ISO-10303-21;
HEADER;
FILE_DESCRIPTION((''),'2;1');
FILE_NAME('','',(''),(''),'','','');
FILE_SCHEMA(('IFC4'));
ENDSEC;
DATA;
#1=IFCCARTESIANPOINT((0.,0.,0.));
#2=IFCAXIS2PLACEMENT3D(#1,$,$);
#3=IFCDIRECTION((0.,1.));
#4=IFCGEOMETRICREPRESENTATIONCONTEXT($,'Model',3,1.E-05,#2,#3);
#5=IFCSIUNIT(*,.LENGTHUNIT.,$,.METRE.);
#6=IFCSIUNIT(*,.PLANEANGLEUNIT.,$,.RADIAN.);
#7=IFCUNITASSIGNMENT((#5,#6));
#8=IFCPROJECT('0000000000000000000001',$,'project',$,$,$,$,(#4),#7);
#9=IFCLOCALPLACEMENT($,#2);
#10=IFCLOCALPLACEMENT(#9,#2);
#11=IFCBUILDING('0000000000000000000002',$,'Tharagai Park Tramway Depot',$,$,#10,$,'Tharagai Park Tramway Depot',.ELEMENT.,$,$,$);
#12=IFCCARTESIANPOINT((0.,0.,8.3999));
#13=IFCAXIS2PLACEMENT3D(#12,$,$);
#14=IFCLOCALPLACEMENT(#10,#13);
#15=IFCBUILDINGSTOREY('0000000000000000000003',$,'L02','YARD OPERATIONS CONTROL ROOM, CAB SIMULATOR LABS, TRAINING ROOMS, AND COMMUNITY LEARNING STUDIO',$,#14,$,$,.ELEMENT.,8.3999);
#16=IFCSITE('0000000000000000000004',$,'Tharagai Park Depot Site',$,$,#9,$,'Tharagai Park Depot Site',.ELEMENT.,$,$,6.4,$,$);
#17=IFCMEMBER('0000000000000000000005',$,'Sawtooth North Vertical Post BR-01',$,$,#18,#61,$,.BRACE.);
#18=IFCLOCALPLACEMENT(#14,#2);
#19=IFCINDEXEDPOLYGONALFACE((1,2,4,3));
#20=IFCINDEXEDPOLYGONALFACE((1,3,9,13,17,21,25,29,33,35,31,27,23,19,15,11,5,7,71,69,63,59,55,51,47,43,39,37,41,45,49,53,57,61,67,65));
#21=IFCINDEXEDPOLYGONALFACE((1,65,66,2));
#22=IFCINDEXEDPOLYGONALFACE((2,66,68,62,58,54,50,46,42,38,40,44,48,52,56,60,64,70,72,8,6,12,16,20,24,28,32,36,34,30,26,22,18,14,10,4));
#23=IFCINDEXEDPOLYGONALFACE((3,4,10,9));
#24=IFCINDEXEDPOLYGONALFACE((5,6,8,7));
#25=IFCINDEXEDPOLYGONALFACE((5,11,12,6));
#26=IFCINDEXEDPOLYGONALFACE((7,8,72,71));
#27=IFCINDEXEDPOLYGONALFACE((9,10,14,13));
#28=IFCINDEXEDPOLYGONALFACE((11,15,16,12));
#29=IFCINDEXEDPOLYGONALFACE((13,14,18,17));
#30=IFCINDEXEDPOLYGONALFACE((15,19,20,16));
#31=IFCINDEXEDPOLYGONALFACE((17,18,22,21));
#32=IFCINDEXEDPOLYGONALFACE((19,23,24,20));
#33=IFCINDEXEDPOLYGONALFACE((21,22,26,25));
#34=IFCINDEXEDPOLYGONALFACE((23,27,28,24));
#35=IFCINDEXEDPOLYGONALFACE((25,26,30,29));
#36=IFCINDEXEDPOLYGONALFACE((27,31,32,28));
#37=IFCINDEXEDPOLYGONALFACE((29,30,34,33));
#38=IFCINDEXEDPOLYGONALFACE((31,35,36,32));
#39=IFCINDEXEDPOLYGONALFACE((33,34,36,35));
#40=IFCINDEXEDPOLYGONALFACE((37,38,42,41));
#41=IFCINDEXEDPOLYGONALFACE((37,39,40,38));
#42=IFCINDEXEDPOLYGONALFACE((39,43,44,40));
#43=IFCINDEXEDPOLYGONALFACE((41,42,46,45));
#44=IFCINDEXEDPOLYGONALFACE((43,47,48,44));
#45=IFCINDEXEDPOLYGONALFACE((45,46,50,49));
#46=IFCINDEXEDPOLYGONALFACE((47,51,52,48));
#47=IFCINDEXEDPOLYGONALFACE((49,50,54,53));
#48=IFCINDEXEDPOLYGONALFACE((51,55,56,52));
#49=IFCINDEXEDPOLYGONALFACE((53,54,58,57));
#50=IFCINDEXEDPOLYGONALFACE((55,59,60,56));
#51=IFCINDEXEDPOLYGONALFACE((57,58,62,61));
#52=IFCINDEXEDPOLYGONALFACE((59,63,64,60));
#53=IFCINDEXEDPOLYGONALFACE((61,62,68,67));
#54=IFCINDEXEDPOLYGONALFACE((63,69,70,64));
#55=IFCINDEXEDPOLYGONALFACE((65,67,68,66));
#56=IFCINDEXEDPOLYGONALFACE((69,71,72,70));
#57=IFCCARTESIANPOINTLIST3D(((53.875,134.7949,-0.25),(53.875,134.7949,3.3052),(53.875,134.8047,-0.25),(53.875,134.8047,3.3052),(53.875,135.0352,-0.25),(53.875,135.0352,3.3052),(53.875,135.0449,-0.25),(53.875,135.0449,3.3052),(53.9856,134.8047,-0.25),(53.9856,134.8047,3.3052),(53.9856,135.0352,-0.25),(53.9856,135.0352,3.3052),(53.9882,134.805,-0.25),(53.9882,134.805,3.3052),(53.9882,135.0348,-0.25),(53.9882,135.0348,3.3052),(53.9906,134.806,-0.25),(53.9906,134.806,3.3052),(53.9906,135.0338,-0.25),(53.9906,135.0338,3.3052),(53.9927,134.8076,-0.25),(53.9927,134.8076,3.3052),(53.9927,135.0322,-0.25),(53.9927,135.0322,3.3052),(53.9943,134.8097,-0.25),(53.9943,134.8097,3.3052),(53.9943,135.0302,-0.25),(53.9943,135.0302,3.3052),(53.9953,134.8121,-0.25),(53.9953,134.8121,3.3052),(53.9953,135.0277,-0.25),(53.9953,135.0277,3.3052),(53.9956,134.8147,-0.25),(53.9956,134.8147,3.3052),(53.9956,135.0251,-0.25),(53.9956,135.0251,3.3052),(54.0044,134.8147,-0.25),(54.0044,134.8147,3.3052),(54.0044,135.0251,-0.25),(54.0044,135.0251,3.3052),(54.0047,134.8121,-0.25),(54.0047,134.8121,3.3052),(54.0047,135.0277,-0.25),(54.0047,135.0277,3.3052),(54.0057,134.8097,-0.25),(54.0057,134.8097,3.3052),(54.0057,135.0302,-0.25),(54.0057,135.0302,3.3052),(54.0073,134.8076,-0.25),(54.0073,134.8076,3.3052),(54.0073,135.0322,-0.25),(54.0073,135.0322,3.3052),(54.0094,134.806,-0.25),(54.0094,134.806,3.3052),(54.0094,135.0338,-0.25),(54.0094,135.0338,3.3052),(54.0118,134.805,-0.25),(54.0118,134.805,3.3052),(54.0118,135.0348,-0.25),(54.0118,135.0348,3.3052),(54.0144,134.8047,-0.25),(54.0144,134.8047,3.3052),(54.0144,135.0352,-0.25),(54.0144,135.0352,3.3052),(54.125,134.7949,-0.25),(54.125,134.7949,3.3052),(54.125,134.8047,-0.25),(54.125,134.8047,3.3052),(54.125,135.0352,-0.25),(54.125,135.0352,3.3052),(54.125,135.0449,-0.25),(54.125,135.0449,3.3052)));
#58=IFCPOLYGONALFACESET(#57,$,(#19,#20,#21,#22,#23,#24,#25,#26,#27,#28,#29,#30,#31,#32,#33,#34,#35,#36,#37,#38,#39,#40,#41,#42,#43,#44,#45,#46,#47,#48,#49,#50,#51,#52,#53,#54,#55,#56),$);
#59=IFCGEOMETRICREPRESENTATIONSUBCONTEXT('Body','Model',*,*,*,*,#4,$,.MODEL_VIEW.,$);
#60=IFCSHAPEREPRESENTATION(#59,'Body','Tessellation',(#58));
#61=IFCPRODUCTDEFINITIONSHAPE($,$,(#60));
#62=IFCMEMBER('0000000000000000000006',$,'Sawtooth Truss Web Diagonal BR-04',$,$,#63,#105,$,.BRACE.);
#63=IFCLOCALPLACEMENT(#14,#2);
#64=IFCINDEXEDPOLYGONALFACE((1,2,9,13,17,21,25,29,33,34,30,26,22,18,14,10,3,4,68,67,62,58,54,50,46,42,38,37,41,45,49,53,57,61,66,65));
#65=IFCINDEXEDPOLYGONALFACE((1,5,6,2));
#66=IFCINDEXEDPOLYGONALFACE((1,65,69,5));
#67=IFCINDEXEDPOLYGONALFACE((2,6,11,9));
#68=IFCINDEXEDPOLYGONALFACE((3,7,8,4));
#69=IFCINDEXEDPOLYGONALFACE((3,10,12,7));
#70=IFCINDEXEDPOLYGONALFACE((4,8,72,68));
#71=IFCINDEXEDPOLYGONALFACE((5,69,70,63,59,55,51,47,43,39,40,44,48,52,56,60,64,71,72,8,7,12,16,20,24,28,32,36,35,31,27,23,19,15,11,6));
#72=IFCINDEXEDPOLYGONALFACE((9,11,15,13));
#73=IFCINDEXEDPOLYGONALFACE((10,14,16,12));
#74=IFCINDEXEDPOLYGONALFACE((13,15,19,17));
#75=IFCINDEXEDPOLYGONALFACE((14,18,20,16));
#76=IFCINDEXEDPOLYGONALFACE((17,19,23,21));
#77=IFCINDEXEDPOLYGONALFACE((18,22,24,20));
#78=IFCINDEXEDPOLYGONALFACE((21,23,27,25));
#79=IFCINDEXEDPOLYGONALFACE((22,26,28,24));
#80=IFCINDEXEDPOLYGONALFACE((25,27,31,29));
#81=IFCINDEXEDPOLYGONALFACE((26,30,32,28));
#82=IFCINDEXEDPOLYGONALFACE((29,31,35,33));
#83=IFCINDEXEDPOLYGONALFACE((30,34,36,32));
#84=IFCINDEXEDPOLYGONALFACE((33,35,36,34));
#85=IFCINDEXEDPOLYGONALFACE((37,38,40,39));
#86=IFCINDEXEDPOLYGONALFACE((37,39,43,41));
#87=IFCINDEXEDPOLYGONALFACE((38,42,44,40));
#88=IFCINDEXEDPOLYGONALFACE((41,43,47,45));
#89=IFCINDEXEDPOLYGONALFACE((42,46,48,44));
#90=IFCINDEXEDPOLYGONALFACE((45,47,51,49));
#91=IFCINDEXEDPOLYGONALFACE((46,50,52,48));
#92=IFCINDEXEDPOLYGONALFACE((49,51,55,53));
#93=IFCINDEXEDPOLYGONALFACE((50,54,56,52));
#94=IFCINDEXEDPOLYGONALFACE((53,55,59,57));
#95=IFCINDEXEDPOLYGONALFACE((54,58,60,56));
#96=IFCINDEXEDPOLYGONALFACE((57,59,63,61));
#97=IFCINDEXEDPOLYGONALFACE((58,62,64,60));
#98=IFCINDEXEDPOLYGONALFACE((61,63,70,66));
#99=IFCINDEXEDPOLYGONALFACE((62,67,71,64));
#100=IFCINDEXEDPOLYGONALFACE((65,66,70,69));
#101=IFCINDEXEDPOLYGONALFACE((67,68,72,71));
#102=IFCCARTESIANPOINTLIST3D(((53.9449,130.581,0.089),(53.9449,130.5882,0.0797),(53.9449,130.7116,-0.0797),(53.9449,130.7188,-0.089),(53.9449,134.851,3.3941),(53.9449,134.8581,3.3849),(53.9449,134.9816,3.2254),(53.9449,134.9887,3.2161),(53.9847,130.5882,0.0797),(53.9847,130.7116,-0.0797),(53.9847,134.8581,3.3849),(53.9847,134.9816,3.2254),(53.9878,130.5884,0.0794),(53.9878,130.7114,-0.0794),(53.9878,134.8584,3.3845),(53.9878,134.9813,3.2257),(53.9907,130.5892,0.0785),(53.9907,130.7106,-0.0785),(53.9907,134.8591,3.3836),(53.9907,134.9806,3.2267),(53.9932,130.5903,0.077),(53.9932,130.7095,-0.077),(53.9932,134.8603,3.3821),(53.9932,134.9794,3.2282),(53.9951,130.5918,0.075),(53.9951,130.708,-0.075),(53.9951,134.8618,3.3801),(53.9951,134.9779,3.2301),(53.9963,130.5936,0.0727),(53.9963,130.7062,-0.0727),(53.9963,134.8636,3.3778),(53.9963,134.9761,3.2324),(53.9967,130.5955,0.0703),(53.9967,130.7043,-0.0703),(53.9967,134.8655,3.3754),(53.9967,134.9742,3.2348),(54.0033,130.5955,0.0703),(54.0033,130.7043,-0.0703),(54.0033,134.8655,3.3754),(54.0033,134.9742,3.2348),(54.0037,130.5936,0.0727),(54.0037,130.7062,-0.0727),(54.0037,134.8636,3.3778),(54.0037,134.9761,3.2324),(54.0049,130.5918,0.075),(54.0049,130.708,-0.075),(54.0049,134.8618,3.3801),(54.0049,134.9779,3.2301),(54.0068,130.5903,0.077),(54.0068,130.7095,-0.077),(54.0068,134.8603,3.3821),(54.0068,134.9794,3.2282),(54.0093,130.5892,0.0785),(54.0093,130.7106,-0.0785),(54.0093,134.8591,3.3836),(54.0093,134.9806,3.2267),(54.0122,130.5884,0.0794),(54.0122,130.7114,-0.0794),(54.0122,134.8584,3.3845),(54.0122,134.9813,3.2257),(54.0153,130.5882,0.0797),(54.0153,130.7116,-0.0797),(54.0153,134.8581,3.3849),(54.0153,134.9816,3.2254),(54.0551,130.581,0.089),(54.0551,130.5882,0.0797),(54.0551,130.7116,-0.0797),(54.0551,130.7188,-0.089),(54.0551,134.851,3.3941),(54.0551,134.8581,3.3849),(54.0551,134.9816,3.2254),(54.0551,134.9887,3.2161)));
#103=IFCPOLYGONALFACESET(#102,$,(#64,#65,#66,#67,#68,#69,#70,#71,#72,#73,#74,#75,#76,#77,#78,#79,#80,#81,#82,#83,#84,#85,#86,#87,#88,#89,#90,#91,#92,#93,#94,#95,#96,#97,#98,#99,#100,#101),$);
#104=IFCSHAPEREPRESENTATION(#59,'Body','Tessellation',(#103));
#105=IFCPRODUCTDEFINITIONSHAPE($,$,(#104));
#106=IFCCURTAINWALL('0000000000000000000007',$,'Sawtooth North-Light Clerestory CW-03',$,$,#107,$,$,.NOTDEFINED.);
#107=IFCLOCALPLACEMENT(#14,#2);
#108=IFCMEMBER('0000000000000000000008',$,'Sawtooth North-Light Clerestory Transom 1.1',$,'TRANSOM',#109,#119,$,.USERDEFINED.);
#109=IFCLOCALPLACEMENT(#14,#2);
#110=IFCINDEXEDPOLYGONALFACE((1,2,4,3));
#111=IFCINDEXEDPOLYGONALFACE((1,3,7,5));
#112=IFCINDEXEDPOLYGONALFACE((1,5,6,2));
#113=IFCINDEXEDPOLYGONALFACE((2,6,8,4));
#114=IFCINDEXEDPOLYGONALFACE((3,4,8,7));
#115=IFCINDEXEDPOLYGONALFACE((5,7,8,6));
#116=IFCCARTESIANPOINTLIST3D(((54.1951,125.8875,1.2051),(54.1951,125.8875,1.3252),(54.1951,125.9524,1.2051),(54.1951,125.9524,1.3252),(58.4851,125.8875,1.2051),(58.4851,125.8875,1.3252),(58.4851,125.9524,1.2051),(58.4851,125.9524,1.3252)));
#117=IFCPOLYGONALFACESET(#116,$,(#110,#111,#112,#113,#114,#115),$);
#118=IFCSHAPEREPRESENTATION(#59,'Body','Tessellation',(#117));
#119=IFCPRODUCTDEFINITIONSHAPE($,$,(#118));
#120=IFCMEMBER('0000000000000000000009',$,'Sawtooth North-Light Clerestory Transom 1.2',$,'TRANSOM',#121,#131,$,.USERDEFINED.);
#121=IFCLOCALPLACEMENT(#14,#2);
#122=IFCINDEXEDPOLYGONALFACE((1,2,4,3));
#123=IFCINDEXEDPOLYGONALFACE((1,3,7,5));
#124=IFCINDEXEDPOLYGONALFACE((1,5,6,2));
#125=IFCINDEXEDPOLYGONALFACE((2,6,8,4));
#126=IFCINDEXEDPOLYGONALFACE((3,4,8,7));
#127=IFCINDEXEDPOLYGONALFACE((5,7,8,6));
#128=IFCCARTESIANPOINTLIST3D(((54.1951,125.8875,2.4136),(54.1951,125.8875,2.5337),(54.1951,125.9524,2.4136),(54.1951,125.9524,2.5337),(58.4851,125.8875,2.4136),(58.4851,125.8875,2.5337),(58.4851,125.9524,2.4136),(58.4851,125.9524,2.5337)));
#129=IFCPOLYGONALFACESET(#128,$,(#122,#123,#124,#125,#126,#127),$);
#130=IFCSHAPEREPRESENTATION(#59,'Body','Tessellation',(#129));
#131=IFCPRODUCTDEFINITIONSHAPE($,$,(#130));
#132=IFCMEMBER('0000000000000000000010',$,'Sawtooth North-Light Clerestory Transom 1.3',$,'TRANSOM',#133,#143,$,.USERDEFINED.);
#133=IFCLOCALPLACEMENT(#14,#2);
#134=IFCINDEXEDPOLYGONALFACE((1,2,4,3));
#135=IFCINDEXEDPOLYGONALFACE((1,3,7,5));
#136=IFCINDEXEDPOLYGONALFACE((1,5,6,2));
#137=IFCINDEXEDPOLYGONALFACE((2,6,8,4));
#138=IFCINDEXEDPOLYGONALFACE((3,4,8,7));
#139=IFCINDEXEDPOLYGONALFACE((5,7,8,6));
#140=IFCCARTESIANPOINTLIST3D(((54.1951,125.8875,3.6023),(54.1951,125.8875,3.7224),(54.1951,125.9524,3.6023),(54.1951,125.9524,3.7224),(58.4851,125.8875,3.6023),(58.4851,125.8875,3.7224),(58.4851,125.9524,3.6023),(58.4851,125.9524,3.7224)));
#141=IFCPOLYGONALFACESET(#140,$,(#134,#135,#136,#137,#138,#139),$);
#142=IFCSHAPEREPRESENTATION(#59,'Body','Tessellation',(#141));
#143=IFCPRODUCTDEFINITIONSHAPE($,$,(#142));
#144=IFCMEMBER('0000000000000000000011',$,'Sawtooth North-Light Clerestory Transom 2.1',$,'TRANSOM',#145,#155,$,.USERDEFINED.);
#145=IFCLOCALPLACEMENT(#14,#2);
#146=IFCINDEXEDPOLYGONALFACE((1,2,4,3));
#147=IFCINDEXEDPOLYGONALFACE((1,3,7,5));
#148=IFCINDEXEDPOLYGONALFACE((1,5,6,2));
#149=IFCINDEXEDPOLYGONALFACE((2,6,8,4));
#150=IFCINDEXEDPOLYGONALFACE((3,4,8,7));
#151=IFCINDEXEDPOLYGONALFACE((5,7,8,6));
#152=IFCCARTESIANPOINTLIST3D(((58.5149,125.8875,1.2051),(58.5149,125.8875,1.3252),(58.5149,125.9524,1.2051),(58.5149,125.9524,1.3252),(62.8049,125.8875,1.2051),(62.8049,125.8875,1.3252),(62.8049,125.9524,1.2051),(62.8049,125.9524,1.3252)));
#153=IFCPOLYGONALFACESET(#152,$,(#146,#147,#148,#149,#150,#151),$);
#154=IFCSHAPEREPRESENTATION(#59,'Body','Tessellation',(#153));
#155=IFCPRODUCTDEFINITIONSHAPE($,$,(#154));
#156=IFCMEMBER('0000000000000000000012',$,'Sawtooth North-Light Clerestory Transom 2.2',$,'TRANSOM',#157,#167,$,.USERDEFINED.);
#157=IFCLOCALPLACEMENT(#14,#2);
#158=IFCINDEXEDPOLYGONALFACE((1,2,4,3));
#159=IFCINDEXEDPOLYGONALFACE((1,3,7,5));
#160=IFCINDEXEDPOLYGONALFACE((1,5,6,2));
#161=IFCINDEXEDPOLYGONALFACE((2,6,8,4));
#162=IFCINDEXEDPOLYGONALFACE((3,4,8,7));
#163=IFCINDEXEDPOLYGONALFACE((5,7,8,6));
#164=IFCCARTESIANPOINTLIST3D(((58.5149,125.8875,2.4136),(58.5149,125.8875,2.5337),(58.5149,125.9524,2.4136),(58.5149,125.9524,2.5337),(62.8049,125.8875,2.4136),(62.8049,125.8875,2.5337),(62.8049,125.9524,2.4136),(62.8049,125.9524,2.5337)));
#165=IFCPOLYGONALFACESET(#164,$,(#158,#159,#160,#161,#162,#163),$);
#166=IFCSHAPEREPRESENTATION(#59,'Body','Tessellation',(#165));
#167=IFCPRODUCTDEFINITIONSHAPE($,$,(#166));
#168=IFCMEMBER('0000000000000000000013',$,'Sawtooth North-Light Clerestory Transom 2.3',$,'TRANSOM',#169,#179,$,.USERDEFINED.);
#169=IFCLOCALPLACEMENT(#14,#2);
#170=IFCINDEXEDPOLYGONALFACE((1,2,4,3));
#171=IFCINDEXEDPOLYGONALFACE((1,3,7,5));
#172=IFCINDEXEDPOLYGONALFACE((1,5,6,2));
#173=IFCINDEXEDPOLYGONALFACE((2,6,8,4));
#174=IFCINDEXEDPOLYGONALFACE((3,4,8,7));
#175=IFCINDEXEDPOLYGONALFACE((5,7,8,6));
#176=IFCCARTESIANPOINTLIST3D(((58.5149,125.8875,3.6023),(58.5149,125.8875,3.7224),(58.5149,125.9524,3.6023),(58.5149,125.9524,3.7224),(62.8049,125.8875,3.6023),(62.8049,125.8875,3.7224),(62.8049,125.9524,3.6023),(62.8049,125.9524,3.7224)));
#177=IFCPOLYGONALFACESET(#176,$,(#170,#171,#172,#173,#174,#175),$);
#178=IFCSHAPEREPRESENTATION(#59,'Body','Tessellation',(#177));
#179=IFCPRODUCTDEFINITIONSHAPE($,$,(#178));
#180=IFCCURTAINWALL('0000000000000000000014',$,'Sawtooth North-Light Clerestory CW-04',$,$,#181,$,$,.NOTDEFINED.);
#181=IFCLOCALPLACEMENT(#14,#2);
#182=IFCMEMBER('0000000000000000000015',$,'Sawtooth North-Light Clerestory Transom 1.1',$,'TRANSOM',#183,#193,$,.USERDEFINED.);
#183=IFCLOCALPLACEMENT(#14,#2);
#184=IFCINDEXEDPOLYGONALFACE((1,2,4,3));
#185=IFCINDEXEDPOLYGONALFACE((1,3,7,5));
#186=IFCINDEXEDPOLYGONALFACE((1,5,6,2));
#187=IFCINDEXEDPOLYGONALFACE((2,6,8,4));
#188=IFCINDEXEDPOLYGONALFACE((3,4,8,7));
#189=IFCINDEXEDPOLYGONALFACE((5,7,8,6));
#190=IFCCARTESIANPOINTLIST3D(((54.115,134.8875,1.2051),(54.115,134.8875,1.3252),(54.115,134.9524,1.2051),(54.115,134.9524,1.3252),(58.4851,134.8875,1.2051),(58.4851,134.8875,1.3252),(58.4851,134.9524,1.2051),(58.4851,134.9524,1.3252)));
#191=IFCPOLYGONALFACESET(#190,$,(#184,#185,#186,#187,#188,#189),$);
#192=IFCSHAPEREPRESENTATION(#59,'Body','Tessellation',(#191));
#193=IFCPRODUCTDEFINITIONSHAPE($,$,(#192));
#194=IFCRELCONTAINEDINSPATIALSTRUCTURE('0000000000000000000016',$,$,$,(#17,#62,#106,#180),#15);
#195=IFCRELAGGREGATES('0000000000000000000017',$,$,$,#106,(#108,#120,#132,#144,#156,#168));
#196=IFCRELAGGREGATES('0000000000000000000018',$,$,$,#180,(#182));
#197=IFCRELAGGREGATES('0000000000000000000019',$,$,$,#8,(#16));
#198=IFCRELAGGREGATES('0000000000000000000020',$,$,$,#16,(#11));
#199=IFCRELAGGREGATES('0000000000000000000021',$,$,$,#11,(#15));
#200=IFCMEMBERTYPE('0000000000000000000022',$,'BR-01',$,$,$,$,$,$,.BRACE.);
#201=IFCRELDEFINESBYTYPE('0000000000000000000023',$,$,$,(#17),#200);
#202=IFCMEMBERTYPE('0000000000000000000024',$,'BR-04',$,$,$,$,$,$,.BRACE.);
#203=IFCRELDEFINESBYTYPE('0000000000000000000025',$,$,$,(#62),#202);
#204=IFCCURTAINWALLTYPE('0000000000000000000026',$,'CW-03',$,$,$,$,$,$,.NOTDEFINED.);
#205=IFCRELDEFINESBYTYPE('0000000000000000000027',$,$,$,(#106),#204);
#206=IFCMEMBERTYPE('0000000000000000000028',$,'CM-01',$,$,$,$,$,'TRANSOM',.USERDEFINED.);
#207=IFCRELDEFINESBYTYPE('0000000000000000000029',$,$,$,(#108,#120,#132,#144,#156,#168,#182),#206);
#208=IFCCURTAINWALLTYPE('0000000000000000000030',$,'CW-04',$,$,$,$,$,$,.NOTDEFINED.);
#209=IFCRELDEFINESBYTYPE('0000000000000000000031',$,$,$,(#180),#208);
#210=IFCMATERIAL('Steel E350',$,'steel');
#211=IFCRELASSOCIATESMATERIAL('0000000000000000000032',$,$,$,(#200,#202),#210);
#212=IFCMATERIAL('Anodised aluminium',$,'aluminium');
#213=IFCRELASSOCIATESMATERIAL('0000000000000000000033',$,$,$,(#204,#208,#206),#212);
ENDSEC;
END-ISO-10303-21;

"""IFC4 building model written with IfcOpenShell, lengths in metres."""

from ifc_helpers import new_model, si_unit, direction, frame, origin, origin_2d, place, context, subcontext, project, spatial, rectangle, i_section, extrude, material, material_profile, profile_set, type_object, element, aggregate, save


model = new_model("IFC4")

# Units and contexts
model_context = context("Model", 3, precision=1e-05, world=origin(), true_north=direction((0.0, 1.0)))
body_context = subcontext(model_context, "Body", "Model", "MODEL_VIEW")
ifc_project = project(units=[si_unit("LENGTHUNIT", "METRE"), si_unit("PLANEANGLEUNIT", "RADIAN")], contexts=[model_context])

# Site, building, storey
site_placement = place(None, origin())
site = spatial("IfcSite", under=ifc_project, at=site_placement, Name="Tharagai Park Depot Site", LongName="Tharagai Park Depot Site", CompositionType="ELEMENT", RefElevation=6.4)
building_placement = place(site_placement, origin())
building = spatial("IfcBuilding", under=site, at=building_placement, Name="Tharagai Park Tramway Depot", LongName="Tharagai Park Tramway Depot", CompositionType="ELEMENT")
storey_placement = place(building_placement, frame((0.0, 0.0, 8.3999)))
storey = spatial("IfcBuildingStorey", under=building, at=storey_placement, Name="L02", Description="YARD OPERATIONS CONTROL ROOM, CAB SIMULATOR LABS, TRAINING ROOMS, AND COMMUNITY LEARNING STUDIO", CompositionType="ELEMENT", Elevation=8.3999)

# Members
ifc_material_1 = material(Name="Steel E350", Category="steel")
ifc_material_profile_1 = material_profile(ifc_material_1, i_section(OverallWidth=0.25, OverallDepth=0.25, WebThickness=0.0088, FlangeThickness=0.0098, FilletRadius=0.01, at=origin_2d()), Name="ISHB 250")
ifc_profile_set_1 = profile_set([ifc_material_profile_1], Name="Steel E350")
member_type_1 = type_object("IfcMemberType", Name="BR-01", PredefinedType="BRACE", material=ifc_profile_set_1)
member_1_placement = place(storey_placement, frame((54.0, 134.9199, -0.25), z_axis=(0.0, 0.0, 1.0), x_axis=(1.0, 0.0, 0.0)))
element("IfcMember", 1, at=member_1_placement, inside=storey, type_object=member_type_1, Name="Sawtooth North Vertical Post BR-01", PredefinedType="BRACE", context=body_context, shape_type="SweptSolid", body=[
    extrude(i_section(OverallWidth=0.25, OverallDepth=0.25, WebThickness=0.0088, FlangeThickness=0.0098, FilletRadius=0.01, at=origin_2d()), origin(), (0.0, 0.0, 1.0), 3.5552),
])
ifc_material_profile_2 = material_profile(ifc_material_1, i_section(OverallWidth=0.1101, OverallDepth=0.2251, WebThickness=0.0066, FlangeThickness=0.0117, FilletRadius=0.012, at=origin_2d()), Name="ISMB 225")
ifc_profile_set_2 = profile_set([ifc_material_profile_2], Name="Steel E350")
member_type_2 = type_object("IfcMemberType", Name="BR-04", PredefinedType="BRACE", material=ifc_profile_set_2)
member_2_placement = place(storey_placement, frame((54.0, 130.6499, 0.0), z_axis=(0.0, 0.790782, 0.612098), x_axis=(-1.0, 0.0, 0.0)))
element("IfcMember", 2, at=member_2_placement, inside=storey, type_object=member_type_2, Name="Sawtooth Truss Web Diagonal BR-04", PredefinedType="BRACE", context=body_context, shape_type="SweptSolid", body=[
    extrude(i_section(OverallWidth=0.1101, OverallDepth=0.2251, WebThickness=0.0066, FlangeThickness=0.0117, FilletRadius=0.012, at=origin_2d()), origin(), (0.0, 0.0, 1.0), 5.3997),
])

# Curtain walls, members
ifc_material_2 = material(Name="Anodised aluminium", Category="aluminium")
curtain_wall_type_1 = type_object("IfcCurtainWallType", Name="CW-03", PredefinedType="NOTDEFINED", material=ifc_material_2)
curtain_wall_1_placement = place(storey_placement, origin())
curtain_wall_1 = element("IfcCurtainWall", 3, at=curtain_wall_1_placement, inside=storey, type_object=curtain_wall_type_1, Name="Sawtooth North-Light Clerestory CW-03", PredefinedType="NOTDEFINED")
ifc_material_profile_3 = material_profile(ifc_material_2, rectangle(XDim=0.0649, YDim=0.1201, at=origin_2d()), Name="ALU 65x120")
ifc_profile_set_3 = profile_set([ifc_material_profile_3], Name="Anodised aluminium")
member_type_3 = type_object("IfcMemberType", Name="CM-01", ElementType="TRANSOM", PredefinedType="USERDEFINED", material=ifc_profile_set_3)
member_3_placement = place(storey_placement, frame((54.1951, 125.9199, 1.2651), z_axis=(1.0, 0.0, 0.0), x_axis=(0.0, 1.0, 0.0)))
member_3 = element("IfcMember", 4, at=member_3_placement, type_object=member_type_3, Name="Sawtooth North-Light Clerestory Transom 1.1", ObjectType="TRANSOM", PredefinedType="USERDEFINED", context=body_context, shape_type="SweptSolid", body=[
    extrude(rectangle(XDim=0.0649, YDim=0.1201, at=origin_2d()), origin(), (0.0, 0.0, 1.0), 4.29),
])
member_4_placement = place(storey_placement, frame((54.1951, 125.9199, 2.4736), z_axis=(1.0, 0.0, 0.0), x_axis=(0.0, 1.0, 0.0)))
member_4 = element("IfcMember", 5, at=member_4_placement, type_object=member_type_3, Name="Sawtooth North-Light Clerestory Transom 1.2", ObjectType="TRANSOM", PredefinedType="USERDEFINED", context=body_context, shape_type="SweptSolid", body=[
    extrude(rectangle(XDim=0.0649, YDim=0.1201, at=origin_2d()), origin(), (0.0, 0.0, 1.0), 4.29),
])
member_5_placement = place(storey_placement, frame((54.1951, 125.9199, 3.6624), z_axis=(1.0, 0.0, 0.0), x_axis=(0.0, 1.0, 0.0)))
member_5 = element("IfcMember", 6, at=member_5_placement, type_object=member_type_3, Name="Sawtooth North-Light Clerestory Transom 1.3", ObjectType="TRANSOM", PredefinedType="USERDEFINED", context=body_context, shape_type="SweptSolid", body=[
    extrude(rectangle(XDim=0.0649, YDim=0.1201, at=origin_2d()), origin(), (0.0, 0.0, 1.0), 4.29),
])
member_6_placement = place(storey_placement, frame((58.5149, 125.9199, 1.2651), z_axis=(1.0, 0.0, 0.0), x_axis=(0.0, 1.0, 0.0)))
member_6 = element("IfcMember", 7, at=member_6_placement, type_object=member_type_3, Name="Sawtooth North-Light Clerestory Transom 2.1", ObjectType="TRANSOM", PredefinedType="USERDEFINED", context=body_context, shape_type="SweptSolid", body=[
    extrude(rectangle(XDim=0.0649, YDim=0.1201, at=origin_2d()), origin(), (0.0, 0.0, 1.0), 4.29),
])
member_7_placement = place(storey_placement, frame((58.5149, 125.9199, 2.4736), z_axis=(1.0, 0.0, 0.0), x_axis=(0.0, 1.0, 0.0)))
member_7 = element("IfcMember", 8, at=member_7_placement, type_object=member_type_3, Name="Sawtooth North-Light Clerestory Transom 2.2", ObjectType="TRANSOM", PredefinedType="USERDEFINED", context=body_context, shape_type="SweptSolid", body=[
    extrude(rectangle(XDim=0.0649, YDim=0.1201, at=origin_2d()), origin(), (0.0, 0.0, 1.0), 4.29),
])
member_8_placement = place(storey_placement, frame((58.5149, 125.9199, 3.6624), z_axis=(1.0, 0.0, 0.0), x_axis=(0.0, 1.0, 0.0)))
member_8 = element("IfcMember", 9, at=member_8_placement, type_object=member_type_3, Name="Sawtooth North-Light Clerestory Transom 2.3", ObjectType="TRANSOM", PredefinedType="USERDEFINED", context=body_context, shape_type="SweptSolid", body=[
    extrude(rectangle(XDim=0.0649, YDim=0.1201, at=origin_2d()), origin(), (0.0, 0.0, 1.0), 4.29),
])
curtain_wall_type_2 = type_object("IfcCurtainWallType", Name="CW-04", PredefinedType="NOTDEFINED", material=ifc_material_2)
curtain_wall_2_placement = place(storey_placement, origin())
curtain_wall_2 = element("IfcCurtainWall", 10, at=curtain_wall_2_placement, inside=storey, type_object=curtain_wall_type_2, Name="Sawtooth North-Light Clerestory CW-04", PredefinedType="NOTDEFINED")
member_9_placement = place(storey_placement, frame((54.115, 134.9199, 1.2651), z_axis=(1.0, 0.0, 0.0), x_axis=(0.0, 1.0, 0.0)))
member_9 = element("IfcMember", 11, at=member_9_placement, type_object=member_type_3, Name="Sawtooth North-Light Clerestory Transom 1.1", ObjectType="TRANSOM", PredefinedType="USERDEFINED", context=body_context, shape_type="SweptSolid", body=[
    extrude(rectangle(XDim=0.0649, YDim=0.1201, at=origin_2d()), origin(), (0.0, 0.0, 1.0), 4.3701),
])

aggregate(curtain_wall_1, [member_3, member_4, member_5, member_6, member_7, member_8])
aggregate(curtain_wall_2, [member_9])

save(model, "model.ifc")
